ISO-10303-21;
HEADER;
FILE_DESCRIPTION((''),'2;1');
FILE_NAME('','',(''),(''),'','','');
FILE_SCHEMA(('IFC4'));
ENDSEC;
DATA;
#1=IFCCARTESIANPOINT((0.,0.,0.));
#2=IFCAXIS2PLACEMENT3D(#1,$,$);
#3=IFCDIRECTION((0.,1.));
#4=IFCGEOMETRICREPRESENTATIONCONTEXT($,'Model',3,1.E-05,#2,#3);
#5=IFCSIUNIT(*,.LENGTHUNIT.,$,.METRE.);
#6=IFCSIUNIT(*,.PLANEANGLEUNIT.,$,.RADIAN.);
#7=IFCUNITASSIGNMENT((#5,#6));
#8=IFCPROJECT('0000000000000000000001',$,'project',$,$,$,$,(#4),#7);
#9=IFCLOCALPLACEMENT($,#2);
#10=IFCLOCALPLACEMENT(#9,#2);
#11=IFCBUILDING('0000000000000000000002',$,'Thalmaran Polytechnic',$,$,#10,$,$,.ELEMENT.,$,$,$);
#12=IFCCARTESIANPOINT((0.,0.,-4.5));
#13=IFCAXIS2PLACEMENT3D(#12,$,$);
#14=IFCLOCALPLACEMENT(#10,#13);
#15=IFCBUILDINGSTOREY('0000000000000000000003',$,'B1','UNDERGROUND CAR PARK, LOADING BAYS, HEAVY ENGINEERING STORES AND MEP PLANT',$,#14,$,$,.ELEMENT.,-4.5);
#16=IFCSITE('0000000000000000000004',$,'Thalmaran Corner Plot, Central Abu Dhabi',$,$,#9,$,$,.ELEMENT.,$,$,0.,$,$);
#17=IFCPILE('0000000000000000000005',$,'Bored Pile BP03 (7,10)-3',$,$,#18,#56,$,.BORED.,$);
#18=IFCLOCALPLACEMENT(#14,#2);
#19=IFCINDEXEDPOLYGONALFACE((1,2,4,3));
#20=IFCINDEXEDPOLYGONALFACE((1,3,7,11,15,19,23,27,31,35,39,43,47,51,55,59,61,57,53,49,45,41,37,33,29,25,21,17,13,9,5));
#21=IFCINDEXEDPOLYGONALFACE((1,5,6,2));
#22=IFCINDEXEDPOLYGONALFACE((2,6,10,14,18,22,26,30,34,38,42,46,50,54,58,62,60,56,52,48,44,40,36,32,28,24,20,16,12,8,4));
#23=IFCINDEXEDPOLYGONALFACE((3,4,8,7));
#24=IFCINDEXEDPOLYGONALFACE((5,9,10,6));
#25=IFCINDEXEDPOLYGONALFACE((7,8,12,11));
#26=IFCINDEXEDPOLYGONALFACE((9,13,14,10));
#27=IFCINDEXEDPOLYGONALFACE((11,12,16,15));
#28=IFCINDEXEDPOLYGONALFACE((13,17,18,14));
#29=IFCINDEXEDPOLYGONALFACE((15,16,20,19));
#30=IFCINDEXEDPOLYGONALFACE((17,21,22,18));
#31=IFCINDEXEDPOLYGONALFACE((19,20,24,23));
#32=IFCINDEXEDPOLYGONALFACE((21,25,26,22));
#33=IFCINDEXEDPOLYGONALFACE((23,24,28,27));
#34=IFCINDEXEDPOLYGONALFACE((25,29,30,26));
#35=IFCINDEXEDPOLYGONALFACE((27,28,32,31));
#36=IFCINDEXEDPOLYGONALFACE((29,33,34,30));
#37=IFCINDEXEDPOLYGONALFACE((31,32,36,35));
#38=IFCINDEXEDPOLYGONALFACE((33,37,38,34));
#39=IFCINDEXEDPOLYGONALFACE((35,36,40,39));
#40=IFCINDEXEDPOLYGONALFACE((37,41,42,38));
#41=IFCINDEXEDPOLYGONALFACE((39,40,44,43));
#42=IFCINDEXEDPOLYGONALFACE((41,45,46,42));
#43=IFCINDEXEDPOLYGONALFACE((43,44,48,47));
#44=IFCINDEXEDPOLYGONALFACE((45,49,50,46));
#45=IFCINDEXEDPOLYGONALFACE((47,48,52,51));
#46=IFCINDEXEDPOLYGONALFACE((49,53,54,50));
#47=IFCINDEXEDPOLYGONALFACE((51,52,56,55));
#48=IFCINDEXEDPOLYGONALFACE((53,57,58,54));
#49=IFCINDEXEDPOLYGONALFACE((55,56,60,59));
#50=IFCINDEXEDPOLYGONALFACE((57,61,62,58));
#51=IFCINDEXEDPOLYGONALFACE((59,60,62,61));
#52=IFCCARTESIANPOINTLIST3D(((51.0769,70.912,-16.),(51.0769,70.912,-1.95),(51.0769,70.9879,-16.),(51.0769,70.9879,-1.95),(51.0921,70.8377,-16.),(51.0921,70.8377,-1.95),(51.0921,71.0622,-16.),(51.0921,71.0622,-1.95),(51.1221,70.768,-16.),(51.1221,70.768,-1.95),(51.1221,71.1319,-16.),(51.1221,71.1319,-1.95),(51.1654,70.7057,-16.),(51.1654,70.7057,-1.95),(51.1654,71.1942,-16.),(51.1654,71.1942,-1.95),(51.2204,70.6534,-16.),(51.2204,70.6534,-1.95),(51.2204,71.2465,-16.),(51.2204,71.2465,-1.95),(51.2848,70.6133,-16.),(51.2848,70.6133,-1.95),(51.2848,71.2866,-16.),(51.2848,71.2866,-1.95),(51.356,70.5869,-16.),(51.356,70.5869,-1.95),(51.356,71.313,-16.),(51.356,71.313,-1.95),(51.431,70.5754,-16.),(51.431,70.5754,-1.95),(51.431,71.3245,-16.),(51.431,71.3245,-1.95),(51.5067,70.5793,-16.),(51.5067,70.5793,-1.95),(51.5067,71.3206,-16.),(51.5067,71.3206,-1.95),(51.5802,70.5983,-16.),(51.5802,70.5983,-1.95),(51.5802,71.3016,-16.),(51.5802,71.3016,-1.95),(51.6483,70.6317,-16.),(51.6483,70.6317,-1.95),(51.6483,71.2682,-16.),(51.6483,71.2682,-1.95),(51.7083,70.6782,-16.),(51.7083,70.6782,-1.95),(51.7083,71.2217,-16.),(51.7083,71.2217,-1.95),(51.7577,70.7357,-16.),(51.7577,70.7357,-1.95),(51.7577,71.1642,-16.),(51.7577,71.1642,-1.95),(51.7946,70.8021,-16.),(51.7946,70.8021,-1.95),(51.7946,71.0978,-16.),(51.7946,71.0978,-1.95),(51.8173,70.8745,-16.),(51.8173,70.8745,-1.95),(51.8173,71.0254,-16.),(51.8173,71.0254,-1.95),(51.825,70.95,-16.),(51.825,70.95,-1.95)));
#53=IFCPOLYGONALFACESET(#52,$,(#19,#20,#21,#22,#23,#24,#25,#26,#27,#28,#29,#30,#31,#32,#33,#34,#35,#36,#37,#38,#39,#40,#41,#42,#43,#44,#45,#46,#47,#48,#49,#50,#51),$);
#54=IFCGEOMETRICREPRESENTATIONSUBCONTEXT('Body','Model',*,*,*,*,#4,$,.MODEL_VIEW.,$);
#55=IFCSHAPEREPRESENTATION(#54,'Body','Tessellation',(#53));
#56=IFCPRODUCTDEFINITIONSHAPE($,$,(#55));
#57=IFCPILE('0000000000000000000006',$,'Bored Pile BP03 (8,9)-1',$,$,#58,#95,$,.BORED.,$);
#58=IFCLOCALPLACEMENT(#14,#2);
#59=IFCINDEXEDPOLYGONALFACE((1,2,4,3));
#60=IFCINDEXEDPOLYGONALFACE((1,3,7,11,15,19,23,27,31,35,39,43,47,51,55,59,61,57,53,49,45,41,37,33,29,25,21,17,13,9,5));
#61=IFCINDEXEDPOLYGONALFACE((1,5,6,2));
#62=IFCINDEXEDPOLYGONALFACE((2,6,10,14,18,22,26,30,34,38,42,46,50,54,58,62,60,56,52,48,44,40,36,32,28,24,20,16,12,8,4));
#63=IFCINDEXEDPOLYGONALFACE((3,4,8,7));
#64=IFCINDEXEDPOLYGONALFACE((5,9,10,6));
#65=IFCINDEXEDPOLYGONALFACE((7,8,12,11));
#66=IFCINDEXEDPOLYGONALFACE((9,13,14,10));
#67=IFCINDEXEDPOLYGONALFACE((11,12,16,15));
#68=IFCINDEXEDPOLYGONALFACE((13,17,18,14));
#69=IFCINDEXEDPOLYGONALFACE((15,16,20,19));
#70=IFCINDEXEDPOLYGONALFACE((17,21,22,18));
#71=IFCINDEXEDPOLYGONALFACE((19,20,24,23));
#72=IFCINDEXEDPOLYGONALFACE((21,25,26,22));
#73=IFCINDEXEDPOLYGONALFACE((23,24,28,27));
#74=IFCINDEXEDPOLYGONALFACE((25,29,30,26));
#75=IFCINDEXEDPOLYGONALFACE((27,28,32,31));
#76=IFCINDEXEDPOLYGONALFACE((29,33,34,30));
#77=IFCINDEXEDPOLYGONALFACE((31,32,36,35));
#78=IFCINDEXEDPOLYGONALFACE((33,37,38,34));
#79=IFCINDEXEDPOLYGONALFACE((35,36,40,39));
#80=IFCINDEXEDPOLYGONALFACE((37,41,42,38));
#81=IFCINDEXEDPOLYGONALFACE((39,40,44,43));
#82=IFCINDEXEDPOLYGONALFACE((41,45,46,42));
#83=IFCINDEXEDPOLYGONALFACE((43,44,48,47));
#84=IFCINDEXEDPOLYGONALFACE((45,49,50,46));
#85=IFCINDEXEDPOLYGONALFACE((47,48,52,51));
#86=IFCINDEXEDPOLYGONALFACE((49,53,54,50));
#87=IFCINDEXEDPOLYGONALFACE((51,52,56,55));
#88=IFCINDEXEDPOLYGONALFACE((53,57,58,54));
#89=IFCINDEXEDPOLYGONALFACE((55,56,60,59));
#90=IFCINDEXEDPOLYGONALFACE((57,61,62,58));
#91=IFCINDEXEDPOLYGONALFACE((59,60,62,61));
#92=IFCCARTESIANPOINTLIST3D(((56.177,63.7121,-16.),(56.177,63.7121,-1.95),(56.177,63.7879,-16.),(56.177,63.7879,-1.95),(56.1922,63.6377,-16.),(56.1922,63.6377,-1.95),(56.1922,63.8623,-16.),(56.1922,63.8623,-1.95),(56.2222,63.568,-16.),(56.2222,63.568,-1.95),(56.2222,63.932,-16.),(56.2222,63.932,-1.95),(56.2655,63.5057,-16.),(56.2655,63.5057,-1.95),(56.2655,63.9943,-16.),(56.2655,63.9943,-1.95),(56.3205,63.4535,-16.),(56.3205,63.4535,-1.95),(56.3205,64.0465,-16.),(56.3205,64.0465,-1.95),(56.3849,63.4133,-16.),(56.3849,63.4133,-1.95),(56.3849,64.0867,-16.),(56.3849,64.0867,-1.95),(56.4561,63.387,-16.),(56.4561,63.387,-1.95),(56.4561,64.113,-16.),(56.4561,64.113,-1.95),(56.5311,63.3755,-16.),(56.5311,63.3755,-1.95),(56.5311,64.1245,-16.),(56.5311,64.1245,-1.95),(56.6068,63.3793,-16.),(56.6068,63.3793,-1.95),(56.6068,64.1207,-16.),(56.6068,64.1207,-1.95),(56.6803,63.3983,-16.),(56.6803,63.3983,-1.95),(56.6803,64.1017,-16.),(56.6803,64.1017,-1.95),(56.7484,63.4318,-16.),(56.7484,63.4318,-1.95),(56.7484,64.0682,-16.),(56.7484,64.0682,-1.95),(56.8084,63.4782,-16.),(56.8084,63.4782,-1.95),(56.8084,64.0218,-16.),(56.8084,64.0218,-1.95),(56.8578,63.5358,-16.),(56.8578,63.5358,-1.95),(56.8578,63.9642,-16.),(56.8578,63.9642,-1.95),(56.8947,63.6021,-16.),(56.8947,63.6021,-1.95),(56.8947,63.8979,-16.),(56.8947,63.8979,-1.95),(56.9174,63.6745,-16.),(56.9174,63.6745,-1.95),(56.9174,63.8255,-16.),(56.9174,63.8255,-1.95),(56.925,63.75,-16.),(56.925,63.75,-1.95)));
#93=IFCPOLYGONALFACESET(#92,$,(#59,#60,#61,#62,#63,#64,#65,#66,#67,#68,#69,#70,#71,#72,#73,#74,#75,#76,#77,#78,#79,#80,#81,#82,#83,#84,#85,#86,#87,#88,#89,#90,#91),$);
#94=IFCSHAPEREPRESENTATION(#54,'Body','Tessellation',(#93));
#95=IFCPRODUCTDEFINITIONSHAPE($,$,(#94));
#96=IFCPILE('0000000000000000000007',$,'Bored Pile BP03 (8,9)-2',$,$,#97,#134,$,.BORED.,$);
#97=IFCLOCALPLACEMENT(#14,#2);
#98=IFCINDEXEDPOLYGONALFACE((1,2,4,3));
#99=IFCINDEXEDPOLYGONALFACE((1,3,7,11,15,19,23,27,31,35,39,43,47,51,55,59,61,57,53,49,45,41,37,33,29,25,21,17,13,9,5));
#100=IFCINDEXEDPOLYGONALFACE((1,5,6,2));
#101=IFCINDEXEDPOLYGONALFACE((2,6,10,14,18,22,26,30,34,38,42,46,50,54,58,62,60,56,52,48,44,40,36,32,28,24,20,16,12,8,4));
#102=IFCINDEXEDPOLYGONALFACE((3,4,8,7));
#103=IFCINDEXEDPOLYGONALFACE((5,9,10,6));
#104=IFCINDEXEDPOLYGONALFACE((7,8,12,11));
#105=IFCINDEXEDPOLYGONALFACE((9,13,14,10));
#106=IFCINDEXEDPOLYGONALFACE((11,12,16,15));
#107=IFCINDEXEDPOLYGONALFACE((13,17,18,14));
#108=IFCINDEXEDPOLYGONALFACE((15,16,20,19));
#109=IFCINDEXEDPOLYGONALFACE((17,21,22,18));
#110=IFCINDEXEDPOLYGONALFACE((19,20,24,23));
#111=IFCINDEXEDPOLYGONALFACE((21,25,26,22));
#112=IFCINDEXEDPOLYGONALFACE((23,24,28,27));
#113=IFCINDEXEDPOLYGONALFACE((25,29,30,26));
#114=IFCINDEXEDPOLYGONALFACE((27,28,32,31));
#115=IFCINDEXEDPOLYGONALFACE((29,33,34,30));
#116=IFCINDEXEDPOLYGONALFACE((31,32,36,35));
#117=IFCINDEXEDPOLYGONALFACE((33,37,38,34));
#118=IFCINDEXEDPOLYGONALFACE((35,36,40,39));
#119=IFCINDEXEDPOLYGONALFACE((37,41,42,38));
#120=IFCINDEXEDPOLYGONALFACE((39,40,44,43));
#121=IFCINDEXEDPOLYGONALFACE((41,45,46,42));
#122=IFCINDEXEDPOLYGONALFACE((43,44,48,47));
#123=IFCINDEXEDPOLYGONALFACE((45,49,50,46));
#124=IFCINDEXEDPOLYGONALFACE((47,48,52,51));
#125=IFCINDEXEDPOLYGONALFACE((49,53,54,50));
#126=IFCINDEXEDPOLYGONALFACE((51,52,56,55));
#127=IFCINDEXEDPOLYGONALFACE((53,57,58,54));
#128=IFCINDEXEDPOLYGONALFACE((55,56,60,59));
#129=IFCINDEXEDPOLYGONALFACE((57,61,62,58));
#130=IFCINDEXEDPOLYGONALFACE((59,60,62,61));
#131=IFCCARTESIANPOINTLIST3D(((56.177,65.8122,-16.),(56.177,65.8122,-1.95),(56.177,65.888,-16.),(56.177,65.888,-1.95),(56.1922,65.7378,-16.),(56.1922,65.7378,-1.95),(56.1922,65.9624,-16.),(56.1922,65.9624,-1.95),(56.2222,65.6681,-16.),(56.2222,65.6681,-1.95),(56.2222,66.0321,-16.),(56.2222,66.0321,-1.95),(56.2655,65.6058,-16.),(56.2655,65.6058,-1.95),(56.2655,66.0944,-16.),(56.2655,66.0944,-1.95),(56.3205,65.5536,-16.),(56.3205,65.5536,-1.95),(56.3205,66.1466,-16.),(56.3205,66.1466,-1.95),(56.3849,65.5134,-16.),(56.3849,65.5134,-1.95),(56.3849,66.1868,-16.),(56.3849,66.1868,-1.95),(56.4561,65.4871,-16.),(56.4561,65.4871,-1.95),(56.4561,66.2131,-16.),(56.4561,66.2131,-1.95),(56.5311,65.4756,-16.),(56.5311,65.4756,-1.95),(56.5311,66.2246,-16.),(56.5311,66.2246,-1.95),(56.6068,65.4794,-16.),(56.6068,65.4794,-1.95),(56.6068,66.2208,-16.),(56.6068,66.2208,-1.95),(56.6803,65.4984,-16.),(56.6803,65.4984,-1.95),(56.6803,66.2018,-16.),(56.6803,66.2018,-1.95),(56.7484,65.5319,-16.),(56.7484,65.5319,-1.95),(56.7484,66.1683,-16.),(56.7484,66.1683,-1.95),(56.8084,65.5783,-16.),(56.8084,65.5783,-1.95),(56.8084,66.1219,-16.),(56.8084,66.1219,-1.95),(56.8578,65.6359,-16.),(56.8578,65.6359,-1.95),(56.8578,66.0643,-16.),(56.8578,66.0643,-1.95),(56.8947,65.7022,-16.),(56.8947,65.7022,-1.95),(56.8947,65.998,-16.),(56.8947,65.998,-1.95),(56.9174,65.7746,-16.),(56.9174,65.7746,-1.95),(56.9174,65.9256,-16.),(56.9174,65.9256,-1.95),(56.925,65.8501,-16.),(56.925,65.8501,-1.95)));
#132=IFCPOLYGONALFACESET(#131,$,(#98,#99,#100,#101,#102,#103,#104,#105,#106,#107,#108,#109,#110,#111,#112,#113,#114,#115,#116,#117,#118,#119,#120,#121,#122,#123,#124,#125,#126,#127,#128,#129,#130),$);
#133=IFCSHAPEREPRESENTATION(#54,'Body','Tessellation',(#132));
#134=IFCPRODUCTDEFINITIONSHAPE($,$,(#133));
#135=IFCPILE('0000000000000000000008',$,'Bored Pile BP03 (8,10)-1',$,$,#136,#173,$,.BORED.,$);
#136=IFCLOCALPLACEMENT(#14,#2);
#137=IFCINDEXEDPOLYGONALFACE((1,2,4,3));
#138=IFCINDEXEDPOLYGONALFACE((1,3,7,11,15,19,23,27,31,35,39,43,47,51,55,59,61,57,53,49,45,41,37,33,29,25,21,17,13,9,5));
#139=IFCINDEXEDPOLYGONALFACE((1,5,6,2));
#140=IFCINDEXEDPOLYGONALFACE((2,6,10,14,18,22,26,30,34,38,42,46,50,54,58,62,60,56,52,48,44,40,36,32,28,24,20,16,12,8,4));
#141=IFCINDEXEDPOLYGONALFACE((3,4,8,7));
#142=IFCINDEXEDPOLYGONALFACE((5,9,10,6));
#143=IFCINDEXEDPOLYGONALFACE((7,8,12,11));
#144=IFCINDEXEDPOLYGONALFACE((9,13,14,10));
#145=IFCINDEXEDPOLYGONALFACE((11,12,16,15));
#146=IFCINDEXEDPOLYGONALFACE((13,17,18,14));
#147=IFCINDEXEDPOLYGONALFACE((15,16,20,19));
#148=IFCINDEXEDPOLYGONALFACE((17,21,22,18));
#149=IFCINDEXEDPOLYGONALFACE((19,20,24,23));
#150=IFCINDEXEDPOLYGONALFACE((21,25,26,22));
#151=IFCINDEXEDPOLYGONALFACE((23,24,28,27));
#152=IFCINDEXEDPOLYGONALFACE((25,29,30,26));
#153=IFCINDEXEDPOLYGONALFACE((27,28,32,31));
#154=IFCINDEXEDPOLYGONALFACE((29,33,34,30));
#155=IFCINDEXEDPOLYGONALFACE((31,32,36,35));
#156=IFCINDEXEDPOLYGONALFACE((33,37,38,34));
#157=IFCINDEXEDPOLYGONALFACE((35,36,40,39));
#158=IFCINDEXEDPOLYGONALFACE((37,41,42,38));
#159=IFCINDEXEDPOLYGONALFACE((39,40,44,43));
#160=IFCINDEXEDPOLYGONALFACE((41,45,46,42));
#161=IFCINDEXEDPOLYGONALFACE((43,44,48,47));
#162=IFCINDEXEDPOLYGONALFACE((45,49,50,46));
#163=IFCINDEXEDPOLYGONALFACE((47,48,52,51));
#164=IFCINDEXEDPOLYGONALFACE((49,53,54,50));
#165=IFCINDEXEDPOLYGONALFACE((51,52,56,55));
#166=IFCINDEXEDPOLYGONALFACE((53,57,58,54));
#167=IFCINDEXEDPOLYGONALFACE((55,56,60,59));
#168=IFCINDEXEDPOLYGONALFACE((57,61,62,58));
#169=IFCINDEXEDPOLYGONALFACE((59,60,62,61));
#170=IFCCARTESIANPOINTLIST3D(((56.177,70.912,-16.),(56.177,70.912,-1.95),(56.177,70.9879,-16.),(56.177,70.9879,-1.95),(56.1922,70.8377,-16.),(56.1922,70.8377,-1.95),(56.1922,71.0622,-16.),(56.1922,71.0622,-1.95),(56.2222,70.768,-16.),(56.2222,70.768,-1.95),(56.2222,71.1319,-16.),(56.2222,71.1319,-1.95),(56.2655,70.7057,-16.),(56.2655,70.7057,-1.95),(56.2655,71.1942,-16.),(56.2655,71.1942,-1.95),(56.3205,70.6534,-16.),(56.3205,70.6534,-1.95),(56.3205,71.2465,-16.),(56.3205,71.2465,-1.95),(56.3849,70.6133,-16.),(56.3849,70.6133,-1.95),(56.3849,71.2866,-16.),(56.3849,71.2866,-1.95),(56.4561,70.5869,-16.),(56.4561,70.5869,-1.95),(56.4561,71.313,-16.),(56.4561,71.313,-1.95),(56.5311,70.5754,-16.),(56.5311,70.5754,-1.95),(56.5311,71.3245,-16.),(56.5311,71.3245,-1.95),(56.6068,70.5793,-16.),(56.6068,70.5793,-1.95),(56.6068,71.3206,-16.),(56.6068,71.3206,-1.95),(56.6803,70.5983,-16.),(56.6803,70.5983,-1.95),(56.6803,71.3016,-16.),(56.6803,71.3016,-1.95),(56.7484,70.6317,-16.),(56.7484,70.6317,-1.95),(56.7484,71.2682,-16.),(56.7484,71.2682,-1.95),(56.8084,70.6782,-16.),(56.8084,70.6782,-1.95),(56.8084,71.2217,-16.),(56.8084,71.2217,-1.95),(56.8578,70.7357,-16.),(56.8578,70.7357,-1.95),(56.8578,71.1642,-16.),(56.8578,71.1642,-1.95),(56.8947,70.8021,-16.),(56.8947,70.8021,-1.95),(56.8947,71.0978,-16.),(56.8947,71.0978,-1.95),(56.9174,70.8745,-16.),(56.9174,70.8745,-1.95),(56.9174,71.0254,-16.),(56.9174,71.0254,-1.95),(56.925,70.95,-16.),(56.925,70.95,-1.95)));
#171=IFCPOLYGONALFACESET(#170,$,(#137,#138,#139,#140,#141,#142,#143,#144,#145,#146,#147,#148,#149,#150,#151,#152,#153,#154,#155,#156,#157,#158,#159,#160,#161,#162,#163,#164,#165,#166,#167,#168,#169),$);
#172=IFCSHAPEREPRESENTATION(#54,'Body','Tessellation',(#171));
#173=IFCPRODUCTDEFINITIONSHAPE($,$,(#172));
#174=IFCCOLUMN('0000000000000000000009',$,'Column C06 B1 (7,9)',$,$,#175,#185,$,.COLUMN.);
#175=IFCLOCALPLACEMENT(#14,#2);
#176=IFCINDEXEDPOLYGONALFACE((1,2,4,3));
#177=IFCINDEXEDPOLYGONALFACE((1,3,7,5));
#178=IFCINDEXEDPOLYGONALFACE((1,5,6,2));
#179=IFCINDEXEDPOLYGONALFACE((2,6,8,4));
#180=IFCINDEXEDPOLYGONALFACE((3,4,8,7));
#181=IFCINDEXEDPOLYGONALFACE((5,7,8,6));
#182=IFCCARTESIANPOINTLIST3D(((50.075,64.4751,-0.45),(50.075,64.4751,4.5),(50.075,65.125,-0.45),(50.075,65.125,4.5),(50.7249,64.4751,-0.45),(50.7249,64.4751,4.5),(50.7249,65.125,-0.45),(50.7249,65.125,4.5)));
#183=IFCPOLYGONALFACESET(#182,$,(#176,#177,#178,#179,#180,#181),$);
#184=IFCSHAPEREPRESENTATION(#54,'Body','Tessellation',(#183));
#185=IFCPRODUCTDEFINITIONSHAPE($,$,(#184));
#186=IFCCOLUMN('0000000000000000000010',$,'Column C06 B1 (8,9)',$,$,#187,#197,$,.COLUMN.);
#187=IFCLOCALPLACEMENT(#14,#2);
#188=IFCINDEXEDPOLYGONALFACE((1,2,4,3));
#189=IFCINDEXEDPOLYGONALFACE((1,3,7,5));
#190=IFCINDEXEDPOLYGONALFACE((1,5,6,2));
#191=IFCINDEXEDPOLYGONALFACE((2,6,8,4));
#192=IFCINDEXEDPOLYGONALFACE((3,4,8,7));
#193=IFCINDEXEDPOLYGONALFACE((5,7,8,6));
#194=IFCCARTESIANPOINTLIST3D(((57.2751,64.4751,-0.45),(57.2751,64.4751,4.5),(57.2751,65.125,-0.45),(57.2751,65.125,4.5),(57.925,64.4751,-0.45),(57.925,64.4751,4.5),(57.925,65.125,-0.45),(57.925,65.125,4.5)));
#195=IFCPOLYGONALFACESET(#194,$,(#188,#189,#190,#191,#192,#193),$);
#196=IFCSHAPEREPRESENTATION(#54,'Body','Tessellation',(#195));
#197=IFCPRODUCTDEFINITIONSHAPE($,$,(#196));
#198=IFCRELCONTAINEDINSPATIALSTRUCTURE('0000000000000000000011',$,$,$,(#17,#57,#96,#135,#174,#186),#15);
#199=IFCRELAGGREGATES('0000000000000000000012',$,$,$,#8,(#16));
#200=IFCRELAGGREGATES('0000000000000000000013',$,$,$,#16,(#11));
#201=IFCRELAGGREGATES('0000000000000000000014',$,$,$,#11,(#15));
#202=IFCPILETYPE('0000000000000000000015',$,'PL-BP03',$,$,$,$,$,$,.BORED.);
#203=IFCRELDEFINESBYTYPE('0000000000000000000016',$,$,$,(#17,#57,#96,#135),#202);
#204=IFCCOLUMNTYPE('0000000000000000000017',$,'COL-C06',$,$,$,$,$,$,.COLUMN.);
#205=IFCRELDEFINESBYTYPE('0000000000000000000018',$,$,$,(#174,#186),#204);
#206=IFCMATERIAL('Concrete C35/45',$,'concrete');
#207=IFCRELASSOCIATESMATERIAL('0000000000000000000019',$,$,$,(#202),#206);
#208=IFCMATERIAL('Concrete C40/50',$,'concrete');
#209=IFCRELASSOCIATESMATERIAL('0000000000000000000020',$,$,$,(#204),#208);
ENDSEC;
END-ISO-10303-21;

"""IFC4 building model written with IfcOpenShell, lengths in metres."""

from ifc_helpers import new_model, si_unit, direction, frame, origin, origin_2d, place, context, subcontext, project, spatial, rectangle, circle, extrude, material, material_profile, profile_set, type_object, element, save


model = new_model("IFC4")

# Units and contexts
model_context = context("Model", 3, precision=1e-05, world=origin(), true_north=direction((0.0, 1.0)))
body_context = subcontext(model_context, "Body", "Model", "MODEL_VIEW")
ifc_project = project(units=[si_unit("LENGTHUNIT", "METRE"), si_unit("PLANEANGLEUNIT", "RADIAN")], contexts=[model_context])

# Site, building, storey
site_placement = place(None, origin())
site = spatial("IfcSite", under=ifc_project, at=site_placement, Name="Thalmaran Corner Plot, Central Abu Dhabi", CompositionType="ELEMENT", RefElevation=0.0)
building_placement = place(site_placement, origin())
building = spatial("IfcBuilding", under=site, at=building_placement, Name="Thalmaran Polytechnic", CompositionType="ELEMENT")
storey_placement = place(building_placement, frame((0.0, 0.0, -4.5)))
storey = spatial("IfcBuildingStorey", under=building, at=storey_placement, Name="B1", Description="UNDERGROUND CAR PARK, LOADING BAYS, HEAVY ENGINEERING STORES AND MEP PLANT", CompositionType="ELEMENT", Elevation=-4.5)

# Shared definitions
ifc_material_1 = material(Name="Concrete C40/50", Category="concrete")

# Piles
ifc_material_2 = material(Name="Concrete C35/45", Category="concrete")
ifc_material_profile_1 = material_profile(ifc_material_2, circle(Radius=0.375, at=origin_2d()), Name="RC 750 DIA")
ifc_profile_set_1 = profile_set([ifc_material_profile_1], Name="Concrete C35/45")
pile_type = type_object("IfcPileType", Name="PL-BP03", PredefinedType="BORED", material=ifc_profile_set_1)
for number, where, z_axis, x_axis, name in (
    (1, (51.45, 70.95, -1.95), (0.0, 0.0, -1.0), (1.0, 0.0, 0.0), "Bored Pile BP03 (7,10)-3"),
    (2, (56.55, 63.75, -1.95), (0.0, 0.0, -1.0), (1.0, 0.0, 0.0), "Bored Pile BP03 (8,9)-1"),
    (3, (56.55, 65.8501, -1.95), (0.0, 0.0, -1.0), (1.0, 0.0, 0.0), "Bored Pile BP03 (8,9)-2"),
    (4, (56.55, 70.95, -1.95), (0.0, 0.0, -1.0), (1.0, 0.0, 0.0), "Bored Pile BP03 (8,10)-1"),
):
    element("IfcPile", number, at=place(storey_placement, frame(where, z_axis=z_axis, x_axis=x_axis)), inside=storey, type_object=pile_type, Name=name, PredefinedType="BORED", context=body_context, shape_type="SweptSolid", body=[
        extrude(circle(Radius=0.375, at=origin_2d()), origin(), (0.0, 0.0, 1.0), 14.05),
    ])

# Columns
ifc_material_profile_2 = material_profile(ifc_material_1, rectangle(XDim=0.6499, YDim=0.6499, at=origin_2d()), Name="RC 650x650")
ifc_profile_set_2 = profile_set([ifc_material_profile_2], Name="Concrete C40/50")
column_type_1 = type_object("IfcColumnType", Name="COL-C06", PredefinedType="COLUMN", material=ifc_profile_set_2)
for number, where, z_axis, x_axis, name in (
    (5, (50.3999, 64.8, -0.45), (0.0, 0.0, 1.0), (1.0, 0.0, 0.0), "Column C06 B1 (7,9)"),
    (6, (57.6001, 64.8, -0.45), (0.0, 0.0, 1.0), (1.0, 0.0, 0.0), "Column C06 B1 (8,9)"),
):
    element("IfcColumn", number, at=place(storey_placement, frame(where, z_axis=z_axis, x_axis=x_axis)), inside=storey, type_object=column_type_1, Name=name, PredefinedType="COLUMN", context=body_context, shape_type="SweptSolid", body=[
        extrude(rectangle(XDim=0.6499, YDim=0.6499, at=origin_2d()), origin(), (0.0, 0.0, 1.0), 4.95),
    ])

save(model, "model.ifc")
